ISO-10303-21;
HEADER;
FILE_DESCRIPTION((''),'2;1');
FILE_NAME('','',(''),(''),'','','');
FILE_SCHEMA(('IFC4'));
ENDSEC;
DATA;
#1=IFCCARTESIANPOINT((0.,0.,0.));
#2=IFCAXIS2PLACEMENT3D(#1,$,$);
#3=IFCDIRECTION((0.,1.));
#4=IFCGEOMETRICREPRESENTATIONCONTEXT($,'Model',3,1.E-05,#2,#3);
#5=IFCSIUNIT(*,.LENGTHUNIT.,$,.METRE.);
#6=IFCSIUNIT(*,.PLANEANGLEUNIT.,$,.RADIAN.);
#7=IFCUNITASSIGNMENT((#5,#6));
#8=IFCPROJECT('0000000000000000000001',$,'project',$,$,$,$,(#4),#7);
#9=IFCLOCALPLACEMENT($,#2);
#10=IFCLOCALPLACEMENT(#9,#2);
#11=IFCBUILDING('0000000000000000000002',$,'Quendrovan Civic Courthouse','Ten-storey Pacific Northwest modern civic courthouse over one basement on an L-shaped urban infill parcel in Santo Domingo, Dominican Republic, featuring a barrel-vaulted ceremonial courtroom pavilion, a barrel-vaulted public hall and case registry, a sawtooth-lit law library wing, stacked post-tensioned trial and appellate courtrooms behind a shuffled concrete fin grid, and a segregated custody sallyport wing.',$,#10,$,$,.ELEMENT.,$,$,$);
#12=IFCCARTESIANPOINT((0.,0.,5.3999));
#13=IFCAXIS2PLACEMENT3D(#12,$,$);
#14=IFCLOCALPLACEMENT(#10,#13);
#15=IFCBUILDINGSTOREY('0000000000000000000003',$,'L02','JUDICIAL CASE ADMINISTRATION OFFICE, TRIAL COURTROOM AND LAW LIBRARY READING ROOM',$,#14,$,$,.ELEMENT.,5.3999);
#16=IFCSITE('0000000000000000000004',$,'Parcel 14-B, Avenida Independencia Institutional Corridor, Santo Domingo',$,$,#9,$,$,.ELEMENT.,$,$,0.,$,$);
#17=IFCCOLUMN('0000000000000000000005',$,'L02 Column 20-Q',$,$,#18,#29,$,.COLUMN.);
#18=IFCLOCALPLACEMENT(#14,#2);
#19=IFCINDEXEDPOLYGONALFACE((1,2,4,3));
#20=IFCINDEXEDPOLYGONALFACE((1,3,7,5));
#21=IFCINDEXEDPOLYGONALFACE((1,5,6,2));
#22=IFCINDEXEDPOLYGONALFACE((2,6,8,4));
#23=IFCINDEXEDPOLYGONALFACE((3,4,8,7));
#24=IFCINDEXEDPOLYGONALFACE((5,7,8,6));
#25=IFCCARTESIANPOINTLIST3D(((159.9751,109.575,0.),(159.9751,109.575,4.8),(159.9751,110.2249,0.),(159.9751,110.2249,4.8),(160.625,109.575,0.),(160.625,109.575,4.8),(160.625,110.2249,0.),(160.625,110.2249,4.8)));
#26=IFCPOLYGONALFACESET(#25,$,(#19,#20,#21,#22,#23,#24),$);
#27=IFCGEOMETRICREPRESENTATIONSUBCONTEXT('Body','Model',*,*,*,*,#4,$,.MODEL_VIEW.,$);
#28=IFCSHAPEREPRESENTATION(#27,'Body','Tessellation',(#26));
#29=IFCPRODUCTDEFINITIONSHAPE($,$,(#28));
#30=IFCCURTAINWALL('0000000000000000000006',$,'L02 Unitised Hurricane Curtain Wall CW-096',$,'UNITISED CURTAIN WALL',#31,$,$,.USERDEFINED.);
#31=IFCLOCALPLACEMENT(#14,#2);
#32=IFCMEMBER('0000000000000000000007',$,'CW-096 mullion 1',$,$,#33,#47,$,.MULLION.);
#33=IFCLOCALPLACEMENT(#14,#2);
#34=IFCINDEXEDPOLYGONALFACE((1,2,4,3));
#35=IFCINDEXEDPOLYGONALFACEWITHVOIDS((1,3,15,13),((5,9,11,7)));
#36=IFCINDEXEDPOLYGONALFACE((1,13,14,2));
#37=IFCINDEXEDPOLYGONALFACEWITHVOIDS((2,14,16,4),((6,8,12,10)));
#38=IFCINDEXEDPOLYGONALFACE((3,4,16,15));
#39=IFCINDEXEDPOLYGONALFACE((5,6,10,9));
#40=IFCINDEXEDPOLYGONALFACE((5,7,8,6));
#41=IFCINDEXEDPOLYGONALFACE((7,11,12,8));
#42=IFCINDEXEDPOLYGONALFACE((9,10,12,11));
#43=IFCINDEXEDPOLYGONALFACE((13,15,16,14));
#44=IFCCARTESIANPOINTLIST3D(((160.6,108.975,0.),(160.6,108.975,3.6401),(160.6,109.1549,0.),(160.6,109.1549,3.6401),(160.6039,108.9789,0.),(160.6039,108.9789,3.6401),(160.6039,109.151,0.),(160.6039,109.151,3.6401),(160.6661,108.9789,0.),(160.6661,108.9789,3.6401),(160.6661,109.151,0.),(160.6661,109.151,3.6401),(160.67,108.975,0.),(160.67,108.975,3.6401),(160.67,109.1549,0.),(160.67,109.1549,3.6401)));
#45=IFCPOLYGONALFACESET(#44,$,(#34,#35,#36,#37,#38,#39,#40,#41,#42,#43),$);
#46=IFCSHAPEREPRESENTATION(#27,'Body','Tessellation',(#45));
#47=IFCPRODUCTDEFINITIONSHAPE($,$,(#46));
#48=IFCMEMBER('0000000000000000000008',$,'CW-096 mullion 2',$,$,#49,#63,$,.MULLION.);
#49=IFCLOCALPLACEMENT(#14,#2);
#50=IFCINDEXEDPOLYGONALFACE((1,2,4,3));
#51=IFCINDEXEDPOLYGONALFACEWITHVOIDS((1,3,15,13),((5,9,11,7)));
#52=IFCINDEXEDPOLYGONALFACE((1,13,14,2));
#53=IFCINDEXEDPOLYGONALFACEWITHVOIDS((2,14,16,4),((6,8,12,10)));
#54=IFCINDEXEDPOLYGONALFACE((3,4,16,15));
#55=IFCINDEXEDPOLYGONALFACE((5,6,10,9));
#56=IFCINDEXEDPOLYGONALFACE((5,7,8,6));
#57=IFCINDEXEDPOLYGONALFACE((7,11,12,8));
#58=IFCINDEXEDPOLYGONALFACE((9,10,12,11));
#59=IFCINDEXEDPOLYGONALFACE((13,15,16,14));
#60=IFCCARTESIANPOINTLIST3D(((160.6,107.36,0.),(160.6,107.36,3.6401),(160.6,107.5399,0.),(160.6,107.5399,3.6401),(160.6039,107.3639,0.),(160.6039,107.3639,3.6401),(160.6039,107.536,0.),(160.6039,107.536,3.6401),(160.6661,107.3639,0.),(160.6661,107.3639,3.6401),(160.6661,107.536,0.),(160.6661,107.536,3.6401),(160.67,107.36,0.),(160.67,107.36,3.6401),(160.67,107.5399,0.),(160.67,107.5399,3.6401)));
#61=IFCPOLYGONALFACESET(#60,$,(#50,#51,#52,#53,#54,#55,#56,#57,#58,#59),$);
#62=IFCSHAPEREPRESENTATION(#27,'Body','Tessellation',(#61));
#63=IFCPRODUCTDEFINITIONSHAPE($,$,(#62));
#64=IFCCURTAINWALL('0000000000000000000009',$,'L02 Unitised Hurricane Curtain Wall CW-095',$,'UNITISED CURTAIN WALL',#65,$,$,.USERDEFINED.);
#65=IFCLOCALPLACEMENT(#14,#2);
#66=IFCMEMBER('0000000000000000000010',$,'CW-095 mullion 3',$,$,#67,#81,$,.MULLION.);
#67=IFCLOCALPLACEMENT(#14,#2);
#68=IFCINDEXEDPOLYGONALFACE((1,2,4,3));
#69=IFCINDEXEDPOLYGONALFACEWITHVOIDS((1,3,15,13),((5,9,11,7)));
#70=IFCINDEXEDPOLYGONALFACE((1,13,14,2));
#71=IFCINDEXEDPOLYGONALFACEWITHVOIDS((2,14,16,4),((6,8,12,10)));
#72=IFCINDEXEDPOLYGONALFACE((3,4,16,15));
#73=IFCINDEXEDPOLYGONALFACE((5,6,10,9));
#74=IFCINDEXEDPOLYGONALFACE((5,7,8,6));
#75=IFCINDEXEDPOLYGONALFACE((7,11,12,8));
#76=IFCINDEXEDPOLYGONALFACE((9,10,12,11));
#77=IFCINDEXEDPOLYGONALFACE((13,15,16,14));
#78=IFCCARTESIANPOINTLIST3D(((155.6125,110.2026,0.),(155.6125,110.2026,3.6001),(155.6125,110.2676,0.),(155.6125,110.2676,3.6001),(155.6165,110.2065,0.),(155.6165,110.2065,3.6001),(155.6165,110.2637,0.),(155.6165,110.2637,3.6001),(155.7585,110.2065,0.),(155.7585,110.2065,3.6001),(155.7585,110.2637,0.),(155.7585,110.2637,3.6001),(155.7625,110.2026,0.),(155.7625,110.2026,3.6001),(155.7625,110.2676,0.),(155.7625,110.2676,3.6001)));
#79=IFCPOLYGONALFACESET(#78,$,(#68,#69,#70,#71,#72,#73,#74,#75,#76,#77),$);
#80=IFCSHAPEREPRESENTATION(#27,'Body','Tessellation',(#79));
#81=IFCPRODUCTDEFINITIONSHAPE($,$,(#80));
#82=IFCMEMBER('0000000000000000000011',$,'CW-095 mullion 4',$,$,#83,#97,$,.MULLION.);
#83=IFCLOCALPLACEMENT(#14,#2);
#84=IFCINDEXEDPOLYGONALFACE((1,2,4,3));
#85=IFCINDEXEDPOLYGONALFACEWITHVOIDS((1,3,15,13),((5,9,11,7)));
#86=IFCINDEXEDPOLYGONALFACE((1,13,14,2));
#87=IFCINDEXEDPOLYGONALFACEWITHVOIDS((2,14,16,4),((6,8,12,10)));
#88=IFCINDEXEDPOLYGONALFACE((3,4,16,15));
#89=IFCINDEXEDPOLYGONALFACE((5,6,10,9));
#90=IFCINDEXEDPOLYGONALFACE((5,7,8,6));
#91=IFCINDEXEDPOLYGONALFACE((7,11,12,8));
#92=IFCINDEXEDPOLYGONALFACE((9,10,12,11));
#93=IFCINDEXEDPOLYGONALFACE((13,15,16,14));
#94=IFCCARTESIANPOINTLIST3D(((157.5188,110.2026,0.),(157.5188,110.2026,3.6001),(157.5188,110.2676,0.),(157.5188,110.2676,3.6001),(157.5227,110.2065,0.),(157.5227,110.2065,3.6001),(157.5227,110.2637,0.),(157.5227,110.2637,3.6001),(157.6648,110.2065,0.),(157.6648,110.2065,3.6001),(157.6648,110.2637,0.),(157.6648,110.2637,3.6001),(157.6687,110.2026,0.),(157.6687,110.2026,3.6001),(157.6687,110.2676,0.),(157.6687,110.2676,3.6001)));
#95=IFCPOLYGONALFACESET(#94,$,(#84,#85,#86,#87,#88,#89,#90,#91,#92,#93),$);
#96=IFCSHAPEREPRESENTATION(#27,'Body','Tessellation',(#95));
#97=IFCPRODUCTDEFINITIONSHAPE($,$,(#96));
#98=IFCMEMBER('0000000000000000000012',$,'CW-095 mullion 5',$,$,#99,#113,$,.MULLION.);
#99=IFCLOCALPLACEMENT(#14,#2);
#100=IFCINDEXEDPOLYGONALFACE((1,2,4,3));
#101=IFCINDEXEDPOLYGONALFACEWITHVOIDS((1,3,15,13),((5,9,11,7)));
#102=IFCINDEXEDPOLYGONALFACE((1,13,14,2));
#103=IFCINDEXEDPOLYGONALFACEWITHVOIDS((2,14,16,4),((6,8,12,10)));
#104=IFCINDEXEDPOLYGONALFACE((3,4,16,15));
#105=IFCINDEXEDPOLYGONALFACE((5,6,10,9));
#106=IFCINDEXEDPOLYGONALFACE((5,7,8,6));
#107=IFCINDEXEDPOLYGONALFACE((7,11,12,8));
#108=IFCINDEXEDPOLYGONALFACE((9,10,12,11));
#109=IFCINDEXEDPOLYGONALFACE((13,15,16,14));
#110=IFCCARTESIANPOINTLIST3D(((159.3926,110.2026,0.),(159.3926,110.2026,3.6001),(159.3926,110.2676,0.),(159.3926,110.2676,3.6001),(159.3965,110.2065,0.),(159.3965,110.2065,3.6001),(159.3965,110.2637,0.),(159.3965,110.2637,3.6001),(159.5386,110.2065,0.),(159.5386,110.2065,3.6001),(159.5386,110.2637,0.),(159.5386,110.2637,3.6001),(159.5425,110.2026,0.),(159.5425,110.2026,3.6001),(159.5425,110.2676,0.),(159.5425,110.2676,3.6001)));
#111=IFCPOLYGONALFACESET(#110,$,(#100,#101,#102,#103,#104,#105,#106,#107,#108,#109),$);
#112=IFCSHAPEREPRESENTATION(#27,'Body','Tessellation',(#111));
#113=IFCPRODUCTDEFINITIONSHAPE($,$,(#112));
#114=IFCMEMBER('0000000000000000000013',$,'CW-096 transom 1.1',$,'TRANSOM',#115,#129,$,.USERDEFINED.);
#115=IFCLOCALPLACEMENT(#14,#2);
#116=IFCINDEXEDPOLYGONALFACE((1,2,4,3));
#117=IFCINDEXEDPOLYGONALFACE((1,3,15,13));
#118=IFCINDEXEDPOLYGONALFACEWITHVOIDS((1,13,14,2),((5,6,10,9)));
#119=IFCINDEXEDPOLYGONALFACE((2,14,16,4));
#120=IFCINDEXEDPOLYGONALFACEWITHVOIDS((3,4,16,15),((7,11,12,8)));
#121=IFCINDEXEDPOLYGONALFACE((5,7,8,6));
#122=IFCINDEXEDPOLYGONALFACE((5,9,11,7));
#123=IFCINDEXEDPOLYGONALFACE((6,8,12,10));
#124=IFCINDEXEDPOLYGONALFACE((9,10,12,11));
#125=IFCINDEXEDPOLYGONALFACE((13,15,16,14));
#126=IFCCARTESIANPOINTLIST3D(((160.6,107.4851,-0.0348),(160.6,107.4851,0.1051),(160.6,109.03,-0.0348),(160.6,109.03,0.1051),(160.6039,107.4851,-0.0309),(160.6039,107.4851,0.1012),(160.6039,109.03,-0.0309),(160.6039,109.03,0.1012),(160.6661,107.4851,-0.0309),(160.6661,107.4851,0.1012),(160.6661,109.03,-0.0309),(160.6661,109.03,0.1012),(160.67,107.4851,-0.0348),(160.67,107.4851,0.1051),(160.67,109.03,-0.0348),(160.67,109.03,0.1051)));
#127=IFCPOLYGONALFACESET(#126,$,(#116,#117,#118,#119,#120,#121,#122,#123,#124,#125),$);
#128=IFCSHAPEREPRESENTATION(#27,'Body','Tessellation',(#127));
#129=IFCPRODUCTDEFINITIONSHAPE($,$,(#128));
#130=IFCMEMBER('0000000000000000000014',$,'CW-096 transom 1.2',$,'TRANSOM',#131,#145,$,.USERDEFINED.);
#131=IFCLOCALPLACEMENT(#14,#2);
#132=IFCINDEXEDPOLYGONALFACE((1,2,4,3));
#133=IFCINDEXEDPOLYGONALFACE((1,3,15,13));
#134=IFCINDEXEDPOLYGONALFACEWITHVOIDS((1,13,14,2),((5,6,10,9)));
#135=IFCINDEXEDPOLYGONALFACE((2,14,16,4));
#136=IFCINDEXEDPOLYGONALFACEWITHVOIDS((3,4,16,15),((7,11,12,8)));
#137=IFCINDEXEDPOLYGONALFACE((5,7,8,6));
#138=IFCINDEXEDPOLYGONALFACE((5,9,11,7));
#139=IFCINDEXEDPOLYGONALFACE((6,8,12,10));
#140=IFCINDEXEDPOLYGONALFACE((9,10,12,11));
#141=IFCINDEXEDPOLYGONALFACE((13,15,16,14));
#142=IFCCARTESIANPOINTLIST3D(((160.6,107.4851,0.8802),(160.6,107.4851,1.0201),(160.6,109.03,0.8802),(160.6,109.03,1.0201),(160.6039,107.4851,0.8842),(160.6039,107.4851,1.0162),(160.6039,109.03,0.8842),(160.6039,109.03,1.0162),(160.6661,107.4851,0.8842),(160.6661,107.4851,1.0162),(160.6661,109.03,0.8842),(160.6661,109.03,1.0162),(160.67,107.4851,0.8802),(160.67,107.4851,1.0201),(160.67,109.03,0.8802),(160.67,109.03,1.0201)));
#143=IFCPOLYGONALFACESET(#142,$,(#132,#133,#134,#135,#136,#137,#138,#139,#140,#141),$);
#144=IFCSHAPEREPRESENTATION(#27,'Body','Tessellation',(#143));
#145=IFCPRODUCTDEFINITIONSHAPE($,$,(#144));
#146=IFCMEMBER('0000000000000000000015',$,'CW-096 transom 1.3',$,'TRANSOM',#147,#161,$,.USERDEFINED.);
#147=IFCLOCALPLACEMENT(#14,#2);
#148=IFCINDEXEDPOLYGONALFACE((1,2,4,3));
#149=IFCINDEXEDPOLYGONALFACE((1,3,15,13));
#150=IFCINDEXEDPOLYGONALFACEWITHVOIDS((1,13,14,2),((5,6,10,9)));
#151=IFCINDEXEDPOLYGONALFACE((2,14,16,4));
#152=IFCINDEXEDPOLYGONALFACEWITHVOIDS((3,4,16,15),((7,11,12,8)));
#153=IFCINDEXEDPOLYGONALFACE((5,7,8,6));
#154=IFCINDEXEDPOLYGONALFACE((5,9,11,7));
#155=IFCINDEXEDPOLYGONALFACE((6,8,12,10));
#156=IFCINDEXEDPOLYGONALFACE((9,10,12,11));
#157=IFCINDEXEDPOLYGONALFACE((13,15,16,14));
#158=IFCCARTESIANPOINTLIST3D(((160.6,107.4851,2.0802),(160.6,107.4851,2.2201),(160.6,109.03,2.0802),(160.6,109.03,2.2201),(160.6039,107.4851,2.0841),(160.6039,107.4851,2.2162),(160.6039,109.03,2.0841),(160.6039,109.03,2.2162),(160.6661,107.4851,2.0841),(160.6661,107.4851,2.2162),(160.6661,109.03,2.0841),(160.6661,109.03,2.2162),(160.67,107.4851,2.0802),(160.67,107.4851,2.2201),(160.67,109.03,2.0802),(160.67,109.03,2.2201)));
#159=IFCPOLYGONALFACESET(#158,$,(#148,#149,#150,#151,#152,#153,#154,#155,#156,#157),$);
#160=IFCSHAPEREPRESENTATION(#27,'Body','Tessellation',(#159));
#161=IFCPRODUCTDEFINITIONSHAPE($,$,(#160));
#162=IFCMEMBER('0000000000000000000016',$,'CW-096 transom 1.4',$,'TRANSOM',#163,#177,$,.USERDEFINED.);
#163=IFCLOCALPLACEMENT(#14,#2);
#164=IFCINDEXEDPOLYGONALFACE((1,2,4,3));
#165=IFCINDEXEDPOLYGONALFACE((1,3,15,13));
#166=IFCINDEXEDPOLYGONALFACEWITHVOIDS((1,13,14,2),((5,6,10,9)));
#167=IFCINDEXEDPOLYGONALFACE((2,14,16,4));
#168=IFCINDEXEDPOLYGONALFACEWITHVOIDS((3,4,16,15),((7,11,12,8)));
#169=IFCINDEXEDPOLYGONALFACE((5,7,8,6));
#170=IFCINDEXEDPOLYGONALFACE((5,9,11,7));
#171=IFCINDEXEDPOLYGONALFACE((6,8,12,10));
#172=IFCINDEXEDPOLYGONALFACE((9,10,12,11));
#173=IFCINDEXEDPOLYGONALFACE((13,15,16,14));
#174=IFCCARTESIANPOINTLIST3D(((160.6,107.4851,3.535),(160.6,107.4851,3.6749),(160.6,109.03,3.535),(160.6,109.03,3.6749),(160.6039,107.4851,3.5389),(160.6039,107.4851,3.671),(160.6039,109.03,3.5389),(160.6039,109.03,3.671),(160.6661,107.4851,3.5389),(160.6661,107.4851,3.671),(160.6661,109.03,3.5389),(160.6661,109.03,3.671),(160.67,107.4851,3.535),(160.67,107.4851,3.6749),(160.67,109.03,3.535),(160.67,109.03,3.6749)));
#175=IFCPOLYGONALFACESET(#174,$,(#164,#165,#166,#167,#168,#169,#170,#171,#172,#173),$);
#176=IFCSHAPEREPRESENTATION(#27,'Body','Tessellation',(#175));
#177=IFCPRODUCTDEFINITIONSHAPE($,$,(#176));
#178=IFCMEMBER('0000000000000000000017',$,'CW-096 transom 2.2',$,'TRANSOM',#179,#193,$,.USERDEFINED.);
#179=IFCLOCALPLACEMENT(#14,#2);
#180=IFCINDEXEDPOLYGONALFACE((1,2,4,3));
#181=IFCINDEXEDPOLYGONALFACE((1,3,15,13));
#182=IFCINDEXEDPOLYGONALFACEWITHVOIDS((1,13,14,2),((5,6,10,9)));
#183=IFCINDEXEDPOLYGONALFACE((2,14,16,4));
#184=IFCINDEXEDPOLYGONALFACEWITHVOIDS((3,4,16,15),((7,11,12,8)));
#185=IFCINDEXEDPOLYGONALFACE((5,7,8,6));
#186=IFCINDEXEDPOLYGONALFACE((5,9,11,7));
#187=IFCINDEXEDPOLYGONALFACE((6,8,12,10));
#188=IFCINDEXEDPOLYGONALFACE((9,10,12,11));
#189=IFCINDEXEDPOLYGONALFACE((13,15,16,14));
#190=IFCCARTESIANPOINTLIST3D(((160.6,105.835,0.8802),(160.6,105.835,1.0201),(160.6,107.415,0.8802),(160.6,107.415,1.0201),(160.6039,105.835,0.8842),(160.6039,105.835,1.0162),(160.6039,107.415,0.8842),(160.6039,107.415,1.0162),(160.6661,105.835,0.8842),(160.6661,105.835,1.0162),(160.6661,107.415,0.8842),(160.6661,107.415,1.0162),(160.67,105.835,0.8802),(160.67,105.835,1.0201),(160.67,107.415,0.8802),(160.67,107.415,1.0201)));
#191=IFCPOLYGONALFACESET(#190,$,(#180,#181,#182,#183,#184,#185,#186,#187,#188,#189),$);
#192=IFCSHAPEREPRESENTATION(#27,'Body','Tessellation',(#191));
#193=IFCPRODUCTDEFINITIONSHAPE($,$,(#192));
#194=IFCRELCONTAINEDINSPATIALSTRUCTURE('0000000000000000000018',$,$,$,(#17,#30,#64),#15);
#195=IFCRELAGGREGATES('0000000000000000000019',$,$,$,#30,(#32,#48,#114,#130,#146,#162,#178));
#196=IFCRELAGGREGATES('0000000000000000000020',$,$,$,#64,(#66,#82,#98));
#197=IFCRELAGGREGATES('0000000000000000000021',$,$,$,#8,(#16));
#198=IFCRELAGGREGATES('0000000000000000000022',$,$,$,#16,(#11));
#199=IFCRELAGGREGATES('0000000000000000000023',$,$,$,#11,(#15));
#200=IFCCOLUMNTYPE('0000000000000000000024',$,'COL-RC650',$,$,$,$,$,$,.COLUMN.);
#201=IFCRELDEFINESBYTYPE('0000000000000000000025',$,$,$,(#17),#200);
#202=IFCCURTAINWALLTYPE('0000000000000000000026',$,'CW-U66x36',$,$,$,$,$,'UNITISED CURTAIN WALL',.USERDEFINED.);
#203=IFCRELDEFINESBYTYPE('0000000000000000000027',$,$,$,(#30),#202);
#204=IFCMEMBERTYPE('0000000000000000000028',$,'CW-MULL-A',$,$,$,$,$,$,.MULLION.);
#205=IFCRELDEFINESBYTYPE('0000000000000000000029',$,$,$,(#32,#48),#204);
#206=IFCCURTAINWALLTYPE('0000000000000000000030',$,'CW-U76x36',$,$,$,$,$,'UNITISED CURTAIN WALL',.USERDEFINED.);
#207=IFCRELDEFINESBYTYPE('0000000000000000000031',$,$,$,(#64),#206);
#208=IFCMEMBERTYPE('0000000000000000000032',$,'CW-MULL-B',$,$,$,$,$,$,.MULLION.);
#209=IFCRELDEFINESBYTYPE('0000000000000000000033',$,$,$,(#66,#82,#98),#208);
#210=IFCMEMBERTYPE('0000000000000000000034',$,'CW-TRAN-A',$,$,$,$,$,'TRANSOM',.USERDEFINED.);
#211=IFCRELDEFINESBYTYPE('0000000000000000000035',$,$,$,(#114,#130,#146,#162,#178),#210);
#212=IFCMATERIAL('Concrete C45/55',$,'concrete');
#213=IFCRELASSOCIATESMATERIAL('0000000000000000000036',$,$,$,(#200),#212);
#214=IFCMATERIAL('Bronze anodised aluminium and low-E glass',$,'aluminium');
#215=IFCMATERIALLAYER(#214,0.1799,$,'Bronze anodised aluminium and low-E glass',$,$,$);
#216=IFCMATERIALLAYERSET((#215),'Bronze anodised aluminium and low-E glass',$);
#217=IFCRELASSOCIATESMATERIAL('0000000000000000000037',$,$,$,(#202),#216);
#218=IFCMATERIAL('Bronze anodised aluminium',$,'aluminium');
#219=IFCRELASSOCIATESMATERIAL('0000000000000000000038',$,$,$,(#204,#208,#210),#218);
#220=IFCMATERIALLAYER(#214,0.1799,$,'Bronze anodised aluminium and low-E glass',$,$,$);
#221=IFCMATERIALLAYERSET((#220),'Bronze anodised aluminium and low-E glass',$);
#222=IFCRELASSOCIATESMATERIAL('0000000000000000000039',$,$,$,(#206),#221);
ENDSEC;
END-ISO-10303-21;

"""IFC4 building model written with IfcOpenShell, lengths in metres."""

from ifc_helpers import new_model, si_unit, direction, frame, origin, origin_2d, place, context, subcontext, project, spatial, rectangle, hollow_rectangle, extrude, material, layer, layer_set, material_profile, profile_set, type_object, element, aggregate, save


model = new_model("IFC4")

# Units and contexts
model_context = context("Model", 3, precision=1e-05, world=origin(), true_north=direction((0.0, 1.0)))
body_context = subcontext(model_context, "Body", "Model", "MODEL_VIEW")
ifc_project = project(units=[si_unit("LENGTHUNIT", "METRE"), si_unit("PLANEANGLEUNIT", "RADIAN")], contexts=[model_context])

# Site, building, storey
site_placement = place(None, origin())
site = spatial("IfcSite", under=ifc_project, at=site_placement, Name="Parcel 14-B, Avenida Independencia Institutional Corridor, Santo Domingo", CompositionType="ELEMENT", RefElevation=0.0)
building_placement = place(site_placement, origin())
building = spatial("IfcBuilding", under=site, at=building_placement, Name="Quendrovan Civic Courthouse", Description="Ten-storey Pacific Northwest modern civic courthouse over one basement on an L-shaped urban infill parcel in Santo Domingo, Dominican Republic, featuring a barrel-vaulted ceremonial courtroom pavilion, a barrel-vaulted public hall and case registry, a sawtooth-lit law library wing, stacked post-tensioned trial and appellate courtrooms behind a shuffled concrete fin grid, and a segregated custody sallyport wing.", CompositionType="ELEMENT")
storey_placement = place(building_placement, frame((0.0, 0.0, 5.3999)))
storey = spatial("IfcBuildingStorey", under=building, at=storey_placement, Name="L02", Description="JUDICIAL CASE ADMINISTRATION OFFICE, TRIAL COURTROOM AND LAW LIBRARY READING ROOM", CompositionType="ELEMENT", Elevation=5.3999)

# Column
ifc_material_1 = material(Name="Concrete C45/55", Category="concrete")
ifc_material_profile_1 = material_profile(ifc_material_1, rectangle(XDim=0.6499, YDim=0.6499, at=origin_2d()), Name="RC-COL-650x650")
ifc_profile_set_1 = profile_set([ifc_material_profile_1], Name="Concrete C45/55")
column_type = type_object("IfcColumnType", Name="COL-RC650", PredefinedType="COLUMN", material=ifc_profile_set_1)
column_placement = place(storey_placement, frame((160.3, 109.8999, 0.0), z_axis=(0.0, 0.0, 1.0), x_axis=(1.0, 0.0, 0.0)))
element("IfcColumn", 1, at=column_placement, inside=storey, type_object=column_type, Name="L02 Column 20-Q", PredefinedType="COLUMN", context=body_context, shape_type="SweptSolid", body=[
    extrude(rectangle(XDim=0.6499, YDim=0.6499, at=origin_2d()), origin(), (0.0, 0.0, 1.0), 4.8),
])

# Curtain walls, members
ifc_material_2 = material(Name="Bronze anodised aluminium and low-E glass", Category="aluminium")
ifc_layer_1 = layer(ifc_material_2, 0.1799, Name="Bronze anodised aluminium and low-E glass")
ifc_layer_set_1 = layer_set([ifc_layer_1], Name="Bronze anodised aluminium and low-E glass")
curtain_wall_type_1 = type_object("IfcCurtainWallType", Name="CW-U66x36", ElementType="UNITISED CURTAIN WALL", PredefinedType="USERDEFINED", material=ifc_layer_set_1)
curtain_wall_1_placement = place(storey_placement, origin())
curtain_wall_1 = element("IfcCurtainWall", 2, at=curtain_wall_1_placement, inside=storey, type_object=curtain_wall_type_1, Name="L02 Unitised Hurricane Curtain Wall CW-096", ObjectType="UNITISED CURTAIN WALL", PredefinedType="USERDEFINED")
ifc_material_3 = material(Name="Bronze anodised aluminium", Category="aluminium")
ifc_material_profile_2 = material_profile(ifc_material_3, hollow_rectangle(XDim=0.0701, YDim=0.1799, WallThickness=0.0039, at=origin_2d()), Name="CW-MULL-70x180")
ifc_profile_set_2 = profile_set([ifc_material_profile_2], Name="Bronze anodised aluminium")
member_type_1 = type_object("IfcMemberType", Name="CW-MULL-A", PredefinedType="MULLION", material=ifc_profile_set_2)
member_1_placement = place(storey_placement, frame((160.635, 109.0649, 0.0), z_axis=(0.0, 0.0, 1.0), x_axis=(1.0, 0.0, 0.0)))
member_1 = element("IfcMember", 3, at=member_1_placement, type_object=member_type_1, Name="CW-096 mullion 1", PredefinedType="MULLION", context=body_context, shape_type="SweptSolid", body=[
    extrude(hollow_rectangle(XDim=0.0701, YDim=0.1799, WallThickness=0.0039, at=origin_2d()), origin(), (0.0, 0.0, 1.0), 3.6401),
])
member_2_placement = place(storey_placement, frame((160.635, 107.45, 0.0), z_axis=(0.0, 0.0, 1.0), x_axis=(1.0, 0.0, 0.0)))
member_2 = element("IfcMember", 4, at=member_2_placement, type_object=member_type_1, Name="CW-096 mullion 2", PredefinedType="MULLION", context=body_context, shape_type="SweptSolid", body=[
    extrude(hollow_rectangle(XDim=0.0701, YDim=0.1799, WallThickness=0.0039, at=origin_2d()), origin(), (0.0, 0.0, 1.0), 3.6401),
])
ifc_layer_2 = layer(ifc_material_2, 0.1799, Name="Bronze anodised aluminium and low-E glass")
ifc_layer_set_2 = layer_set([ifc_layer_2], Name="Bronze anodised aluminium and low-E glass")
curtain_wall_type_2 = type_object("IfcCurtainWallType", Name="CW-U76x36", ElementType="UNITISED CURTAIN WALL", PredefinedType="USERDEFINED", material=ifc_layer_set_2)
curtain_wall_2_placement = place(storey_placement, origin())
curtain_wall_2 = element("IfcCurtainWall", 5, at=curtain_wall_2_placement, inside=storey, type_object=curtain_wall_type_2, Name="L02 Unitised Hurricane Curtain Wall CW-095", ObjectType="UNITISED CURTAIN WALL", PredefinedType="USERDEFINED")
ifc_material_profile_3 = material_profile(ifc_material_3, hollow_rectangle(XDim=0.0649, YDim=0.1499, WallThickness=0.0039, at=origin_2d()), Name="CW-MULL-65x150")
ifc_profile_set_3 = profile_set([ifc_material_profile_3], Name="Bronze anodised aluminium")
member_type_2 = type_object("IfcMemberType", Name="CW-MULL-B", PredefinedType="MULLION", material=ifc_profile_set_3)
member_3_placement = place(storey_placement, frame((155.6875, 110.2351, 0.0), z_axis=(0.0, 0.0, 1.0), x_axis=(0.0, 1.0, 0.0)))
member_3 = element("IfcMember", 6, at=member_3_placement, type_object=member_type_2, Name="CW-095 mullion 3", PredefinedType="MULLION", context=body_context, shape_type="SweptSolid", body=[
    extrude(hollow_rectangle(XDim=0.0649, YDim=0.1499, WallThickness=0.0039, at=origin_2d()), origin(), (0.0, 0.0, 1.0), 3.6001),
])
member_4_placement = place(storey_placement, frame((157.5938, 110.2351, 0.0), z_axis=(0.0, 0.0, 1.0), x_axis=(0.0, 1.0, 0.0)))
member_4 = element("IfcMember", 7, at=member_4_placement, type_object=member_type_2, Name="CW-095 mullion 4", PredefinedType="MULLION", context=body_context, shape_type="SweptSolid", body=[
    extrude(hollow_rectangle(XDim=0.0649, YDim=0.1499, WallThickness=0.0039, at=origin_2d()), origin(), (0.0, 0.0, 1.0), 3.6001),
])
member_5_placement = place(storey_placement, frame((159.4675, 110.2351, 0.0), z_axis=(0.0, 0.0, 1.0), x_axis=(0.0, 1.0, 0.0)))
member_5 = element("IfcMember", 8, at=member_5_placement, type_object=member_type_2, Name="CW-095 mullion 5", PredefinedType="MULLION", context=body_context, shape_type="SweptSolid", body=[
    extrude(hollow_rectangle(XDim=0.0649, YDim=0.1499, WallThickness=0.0039, at=origin_2d()), origin(), (0.0, 0.0, 1.0), 3.6001),
])

# Members
ifc_material_profile_4 = material_profile(ifc_material_3, hollow_rectangle(XDim=0.0701, YDim=0.1399, WallThickness=0.0039, at=origin_2d()), Name="CW-TRAN-70x140")
ifc_profile_set_4 = profile_set([ifc_material_profile_4], Name="Bronze anodised aluminium")
member_type_3 = type_object("IfcMemberType", Name="CW-TRAN-A", ElementType="TRANSOM", PredefinedType="USERDEFINED", material=ifc_profile_set_4)
member_6_placement = place(storey_placement, frame((160.635, 109.03, 0.0352), z_axis=(0.0, -1.0, 0.0), x_axis=(1.0, 0.0, 0.0)))
member_6 = element("IfcMember", 9, at=member_6_placement, type_object=member_type_3, Name="CW-096 transom 1.1", ObjectType="TRANSOM", PredefinedType="USERDEFINED", context=body_context, shape_type="SweptSolid", body=[
    extrude(hollow_rectangle(XDim=0.0701, YDim=0.1399, WallThickness=0.0039, at=origin_2d()), origin(), (0.0, 0.0, 1.0), 1.5449),
])
member_7_placement = place(storey_placement, frame((160.635, 109.03, 0.9502), z_axis=(0.0, -1.0, 0.0), x_axis=(1.0, 0.0, 0.0)))
member_7 = element("IfcMember", 10, at=member_7_placement, type_object=member_type_3, Name="CW-096 transom 1.2", ObjectType="TRANSOM", PredefinedType="USERDEFINED", context=body_context, shape_type="SweptSolid", body=[
    extrude(hollow_rectangle(XDim=0.0701, YDim=0.1399, WallThickness=0.0039, at=origin_2d()), origin(), (0.0, 0.0, 1.0), 1.5449),
])
member_8_placement = place(storey_placement, frame((160.635, 109.03, 2.1501), z_axis=(0.0, -1.0, 0.0), x_axis=(1.0, 0.0, 0.0)))
member_8 = element("IfcMember", 11, at=member_8_placement, type_object=member_type_3, Name="CW-096 transom 1.3", ObjectType="TRANSOM", PredefinedType="USERDEFINED", context=body_context, shape_type="SweptSolid", body=[
    extrude(hollow_rectangle(XDim=0.0701, YDim=0.1399, WallThickness=0.0039, at=origin_2d()), origin(), (0.0, 0.0, 1.0), 1.5449),
])
member_9_placement = place(storey_placement, frame((160.635, 109.03, 3.605), z_axis=(0.0, -1.0, 0.0), x_axis=(1.0, 0.0, 0.0)))
member_9 = element("IfcMember", 12, at=member_9_placement, type_object=member_type_3, Name="CW-096 transom 1.4", ObjectType="TRANSOM", PredefinedType="USERDEFINED", context=body_context, shape_type="SweptSolid", body=[
    extrude(hollow_rectangle(XDim=0.0701, YDim=0.1399, WallThickness=0.0039, at=origin_2d()), origin(), (0.0, 0.0, 1.0), 1.5449),
])
member_10_placement = place(storey_placement, frame((160.635, 107.415, 0.9502), z_axis=(0.0, -1.0, 0.0), x_axis=(1.0, 0.0, 0.0)))
member_10 = element("IfcMember", 13, at=member_10_placement, type_object=member_type_3, Name="CW-096 transom 2.2", ObjectType="TRANSOM", PredefinedType="USERDEFINED", context=body_context, shape_type="SweptSolid", body=[
    extrude(hollow_rectangle(XDim=0.0701, YDim=0.1399, WallThickness=0.0039, at=origin_2d()), origin(), (0.0, 0.0, 1.0), 1.5801),
])

aggregate(curtain_wall_1, [member_1, member_2, member_6, member_7, member_8, member_9, member_10])
aggregate(curtain_wall_2, [member_3, member_4, member_5])

save(model, "model.ifc")
